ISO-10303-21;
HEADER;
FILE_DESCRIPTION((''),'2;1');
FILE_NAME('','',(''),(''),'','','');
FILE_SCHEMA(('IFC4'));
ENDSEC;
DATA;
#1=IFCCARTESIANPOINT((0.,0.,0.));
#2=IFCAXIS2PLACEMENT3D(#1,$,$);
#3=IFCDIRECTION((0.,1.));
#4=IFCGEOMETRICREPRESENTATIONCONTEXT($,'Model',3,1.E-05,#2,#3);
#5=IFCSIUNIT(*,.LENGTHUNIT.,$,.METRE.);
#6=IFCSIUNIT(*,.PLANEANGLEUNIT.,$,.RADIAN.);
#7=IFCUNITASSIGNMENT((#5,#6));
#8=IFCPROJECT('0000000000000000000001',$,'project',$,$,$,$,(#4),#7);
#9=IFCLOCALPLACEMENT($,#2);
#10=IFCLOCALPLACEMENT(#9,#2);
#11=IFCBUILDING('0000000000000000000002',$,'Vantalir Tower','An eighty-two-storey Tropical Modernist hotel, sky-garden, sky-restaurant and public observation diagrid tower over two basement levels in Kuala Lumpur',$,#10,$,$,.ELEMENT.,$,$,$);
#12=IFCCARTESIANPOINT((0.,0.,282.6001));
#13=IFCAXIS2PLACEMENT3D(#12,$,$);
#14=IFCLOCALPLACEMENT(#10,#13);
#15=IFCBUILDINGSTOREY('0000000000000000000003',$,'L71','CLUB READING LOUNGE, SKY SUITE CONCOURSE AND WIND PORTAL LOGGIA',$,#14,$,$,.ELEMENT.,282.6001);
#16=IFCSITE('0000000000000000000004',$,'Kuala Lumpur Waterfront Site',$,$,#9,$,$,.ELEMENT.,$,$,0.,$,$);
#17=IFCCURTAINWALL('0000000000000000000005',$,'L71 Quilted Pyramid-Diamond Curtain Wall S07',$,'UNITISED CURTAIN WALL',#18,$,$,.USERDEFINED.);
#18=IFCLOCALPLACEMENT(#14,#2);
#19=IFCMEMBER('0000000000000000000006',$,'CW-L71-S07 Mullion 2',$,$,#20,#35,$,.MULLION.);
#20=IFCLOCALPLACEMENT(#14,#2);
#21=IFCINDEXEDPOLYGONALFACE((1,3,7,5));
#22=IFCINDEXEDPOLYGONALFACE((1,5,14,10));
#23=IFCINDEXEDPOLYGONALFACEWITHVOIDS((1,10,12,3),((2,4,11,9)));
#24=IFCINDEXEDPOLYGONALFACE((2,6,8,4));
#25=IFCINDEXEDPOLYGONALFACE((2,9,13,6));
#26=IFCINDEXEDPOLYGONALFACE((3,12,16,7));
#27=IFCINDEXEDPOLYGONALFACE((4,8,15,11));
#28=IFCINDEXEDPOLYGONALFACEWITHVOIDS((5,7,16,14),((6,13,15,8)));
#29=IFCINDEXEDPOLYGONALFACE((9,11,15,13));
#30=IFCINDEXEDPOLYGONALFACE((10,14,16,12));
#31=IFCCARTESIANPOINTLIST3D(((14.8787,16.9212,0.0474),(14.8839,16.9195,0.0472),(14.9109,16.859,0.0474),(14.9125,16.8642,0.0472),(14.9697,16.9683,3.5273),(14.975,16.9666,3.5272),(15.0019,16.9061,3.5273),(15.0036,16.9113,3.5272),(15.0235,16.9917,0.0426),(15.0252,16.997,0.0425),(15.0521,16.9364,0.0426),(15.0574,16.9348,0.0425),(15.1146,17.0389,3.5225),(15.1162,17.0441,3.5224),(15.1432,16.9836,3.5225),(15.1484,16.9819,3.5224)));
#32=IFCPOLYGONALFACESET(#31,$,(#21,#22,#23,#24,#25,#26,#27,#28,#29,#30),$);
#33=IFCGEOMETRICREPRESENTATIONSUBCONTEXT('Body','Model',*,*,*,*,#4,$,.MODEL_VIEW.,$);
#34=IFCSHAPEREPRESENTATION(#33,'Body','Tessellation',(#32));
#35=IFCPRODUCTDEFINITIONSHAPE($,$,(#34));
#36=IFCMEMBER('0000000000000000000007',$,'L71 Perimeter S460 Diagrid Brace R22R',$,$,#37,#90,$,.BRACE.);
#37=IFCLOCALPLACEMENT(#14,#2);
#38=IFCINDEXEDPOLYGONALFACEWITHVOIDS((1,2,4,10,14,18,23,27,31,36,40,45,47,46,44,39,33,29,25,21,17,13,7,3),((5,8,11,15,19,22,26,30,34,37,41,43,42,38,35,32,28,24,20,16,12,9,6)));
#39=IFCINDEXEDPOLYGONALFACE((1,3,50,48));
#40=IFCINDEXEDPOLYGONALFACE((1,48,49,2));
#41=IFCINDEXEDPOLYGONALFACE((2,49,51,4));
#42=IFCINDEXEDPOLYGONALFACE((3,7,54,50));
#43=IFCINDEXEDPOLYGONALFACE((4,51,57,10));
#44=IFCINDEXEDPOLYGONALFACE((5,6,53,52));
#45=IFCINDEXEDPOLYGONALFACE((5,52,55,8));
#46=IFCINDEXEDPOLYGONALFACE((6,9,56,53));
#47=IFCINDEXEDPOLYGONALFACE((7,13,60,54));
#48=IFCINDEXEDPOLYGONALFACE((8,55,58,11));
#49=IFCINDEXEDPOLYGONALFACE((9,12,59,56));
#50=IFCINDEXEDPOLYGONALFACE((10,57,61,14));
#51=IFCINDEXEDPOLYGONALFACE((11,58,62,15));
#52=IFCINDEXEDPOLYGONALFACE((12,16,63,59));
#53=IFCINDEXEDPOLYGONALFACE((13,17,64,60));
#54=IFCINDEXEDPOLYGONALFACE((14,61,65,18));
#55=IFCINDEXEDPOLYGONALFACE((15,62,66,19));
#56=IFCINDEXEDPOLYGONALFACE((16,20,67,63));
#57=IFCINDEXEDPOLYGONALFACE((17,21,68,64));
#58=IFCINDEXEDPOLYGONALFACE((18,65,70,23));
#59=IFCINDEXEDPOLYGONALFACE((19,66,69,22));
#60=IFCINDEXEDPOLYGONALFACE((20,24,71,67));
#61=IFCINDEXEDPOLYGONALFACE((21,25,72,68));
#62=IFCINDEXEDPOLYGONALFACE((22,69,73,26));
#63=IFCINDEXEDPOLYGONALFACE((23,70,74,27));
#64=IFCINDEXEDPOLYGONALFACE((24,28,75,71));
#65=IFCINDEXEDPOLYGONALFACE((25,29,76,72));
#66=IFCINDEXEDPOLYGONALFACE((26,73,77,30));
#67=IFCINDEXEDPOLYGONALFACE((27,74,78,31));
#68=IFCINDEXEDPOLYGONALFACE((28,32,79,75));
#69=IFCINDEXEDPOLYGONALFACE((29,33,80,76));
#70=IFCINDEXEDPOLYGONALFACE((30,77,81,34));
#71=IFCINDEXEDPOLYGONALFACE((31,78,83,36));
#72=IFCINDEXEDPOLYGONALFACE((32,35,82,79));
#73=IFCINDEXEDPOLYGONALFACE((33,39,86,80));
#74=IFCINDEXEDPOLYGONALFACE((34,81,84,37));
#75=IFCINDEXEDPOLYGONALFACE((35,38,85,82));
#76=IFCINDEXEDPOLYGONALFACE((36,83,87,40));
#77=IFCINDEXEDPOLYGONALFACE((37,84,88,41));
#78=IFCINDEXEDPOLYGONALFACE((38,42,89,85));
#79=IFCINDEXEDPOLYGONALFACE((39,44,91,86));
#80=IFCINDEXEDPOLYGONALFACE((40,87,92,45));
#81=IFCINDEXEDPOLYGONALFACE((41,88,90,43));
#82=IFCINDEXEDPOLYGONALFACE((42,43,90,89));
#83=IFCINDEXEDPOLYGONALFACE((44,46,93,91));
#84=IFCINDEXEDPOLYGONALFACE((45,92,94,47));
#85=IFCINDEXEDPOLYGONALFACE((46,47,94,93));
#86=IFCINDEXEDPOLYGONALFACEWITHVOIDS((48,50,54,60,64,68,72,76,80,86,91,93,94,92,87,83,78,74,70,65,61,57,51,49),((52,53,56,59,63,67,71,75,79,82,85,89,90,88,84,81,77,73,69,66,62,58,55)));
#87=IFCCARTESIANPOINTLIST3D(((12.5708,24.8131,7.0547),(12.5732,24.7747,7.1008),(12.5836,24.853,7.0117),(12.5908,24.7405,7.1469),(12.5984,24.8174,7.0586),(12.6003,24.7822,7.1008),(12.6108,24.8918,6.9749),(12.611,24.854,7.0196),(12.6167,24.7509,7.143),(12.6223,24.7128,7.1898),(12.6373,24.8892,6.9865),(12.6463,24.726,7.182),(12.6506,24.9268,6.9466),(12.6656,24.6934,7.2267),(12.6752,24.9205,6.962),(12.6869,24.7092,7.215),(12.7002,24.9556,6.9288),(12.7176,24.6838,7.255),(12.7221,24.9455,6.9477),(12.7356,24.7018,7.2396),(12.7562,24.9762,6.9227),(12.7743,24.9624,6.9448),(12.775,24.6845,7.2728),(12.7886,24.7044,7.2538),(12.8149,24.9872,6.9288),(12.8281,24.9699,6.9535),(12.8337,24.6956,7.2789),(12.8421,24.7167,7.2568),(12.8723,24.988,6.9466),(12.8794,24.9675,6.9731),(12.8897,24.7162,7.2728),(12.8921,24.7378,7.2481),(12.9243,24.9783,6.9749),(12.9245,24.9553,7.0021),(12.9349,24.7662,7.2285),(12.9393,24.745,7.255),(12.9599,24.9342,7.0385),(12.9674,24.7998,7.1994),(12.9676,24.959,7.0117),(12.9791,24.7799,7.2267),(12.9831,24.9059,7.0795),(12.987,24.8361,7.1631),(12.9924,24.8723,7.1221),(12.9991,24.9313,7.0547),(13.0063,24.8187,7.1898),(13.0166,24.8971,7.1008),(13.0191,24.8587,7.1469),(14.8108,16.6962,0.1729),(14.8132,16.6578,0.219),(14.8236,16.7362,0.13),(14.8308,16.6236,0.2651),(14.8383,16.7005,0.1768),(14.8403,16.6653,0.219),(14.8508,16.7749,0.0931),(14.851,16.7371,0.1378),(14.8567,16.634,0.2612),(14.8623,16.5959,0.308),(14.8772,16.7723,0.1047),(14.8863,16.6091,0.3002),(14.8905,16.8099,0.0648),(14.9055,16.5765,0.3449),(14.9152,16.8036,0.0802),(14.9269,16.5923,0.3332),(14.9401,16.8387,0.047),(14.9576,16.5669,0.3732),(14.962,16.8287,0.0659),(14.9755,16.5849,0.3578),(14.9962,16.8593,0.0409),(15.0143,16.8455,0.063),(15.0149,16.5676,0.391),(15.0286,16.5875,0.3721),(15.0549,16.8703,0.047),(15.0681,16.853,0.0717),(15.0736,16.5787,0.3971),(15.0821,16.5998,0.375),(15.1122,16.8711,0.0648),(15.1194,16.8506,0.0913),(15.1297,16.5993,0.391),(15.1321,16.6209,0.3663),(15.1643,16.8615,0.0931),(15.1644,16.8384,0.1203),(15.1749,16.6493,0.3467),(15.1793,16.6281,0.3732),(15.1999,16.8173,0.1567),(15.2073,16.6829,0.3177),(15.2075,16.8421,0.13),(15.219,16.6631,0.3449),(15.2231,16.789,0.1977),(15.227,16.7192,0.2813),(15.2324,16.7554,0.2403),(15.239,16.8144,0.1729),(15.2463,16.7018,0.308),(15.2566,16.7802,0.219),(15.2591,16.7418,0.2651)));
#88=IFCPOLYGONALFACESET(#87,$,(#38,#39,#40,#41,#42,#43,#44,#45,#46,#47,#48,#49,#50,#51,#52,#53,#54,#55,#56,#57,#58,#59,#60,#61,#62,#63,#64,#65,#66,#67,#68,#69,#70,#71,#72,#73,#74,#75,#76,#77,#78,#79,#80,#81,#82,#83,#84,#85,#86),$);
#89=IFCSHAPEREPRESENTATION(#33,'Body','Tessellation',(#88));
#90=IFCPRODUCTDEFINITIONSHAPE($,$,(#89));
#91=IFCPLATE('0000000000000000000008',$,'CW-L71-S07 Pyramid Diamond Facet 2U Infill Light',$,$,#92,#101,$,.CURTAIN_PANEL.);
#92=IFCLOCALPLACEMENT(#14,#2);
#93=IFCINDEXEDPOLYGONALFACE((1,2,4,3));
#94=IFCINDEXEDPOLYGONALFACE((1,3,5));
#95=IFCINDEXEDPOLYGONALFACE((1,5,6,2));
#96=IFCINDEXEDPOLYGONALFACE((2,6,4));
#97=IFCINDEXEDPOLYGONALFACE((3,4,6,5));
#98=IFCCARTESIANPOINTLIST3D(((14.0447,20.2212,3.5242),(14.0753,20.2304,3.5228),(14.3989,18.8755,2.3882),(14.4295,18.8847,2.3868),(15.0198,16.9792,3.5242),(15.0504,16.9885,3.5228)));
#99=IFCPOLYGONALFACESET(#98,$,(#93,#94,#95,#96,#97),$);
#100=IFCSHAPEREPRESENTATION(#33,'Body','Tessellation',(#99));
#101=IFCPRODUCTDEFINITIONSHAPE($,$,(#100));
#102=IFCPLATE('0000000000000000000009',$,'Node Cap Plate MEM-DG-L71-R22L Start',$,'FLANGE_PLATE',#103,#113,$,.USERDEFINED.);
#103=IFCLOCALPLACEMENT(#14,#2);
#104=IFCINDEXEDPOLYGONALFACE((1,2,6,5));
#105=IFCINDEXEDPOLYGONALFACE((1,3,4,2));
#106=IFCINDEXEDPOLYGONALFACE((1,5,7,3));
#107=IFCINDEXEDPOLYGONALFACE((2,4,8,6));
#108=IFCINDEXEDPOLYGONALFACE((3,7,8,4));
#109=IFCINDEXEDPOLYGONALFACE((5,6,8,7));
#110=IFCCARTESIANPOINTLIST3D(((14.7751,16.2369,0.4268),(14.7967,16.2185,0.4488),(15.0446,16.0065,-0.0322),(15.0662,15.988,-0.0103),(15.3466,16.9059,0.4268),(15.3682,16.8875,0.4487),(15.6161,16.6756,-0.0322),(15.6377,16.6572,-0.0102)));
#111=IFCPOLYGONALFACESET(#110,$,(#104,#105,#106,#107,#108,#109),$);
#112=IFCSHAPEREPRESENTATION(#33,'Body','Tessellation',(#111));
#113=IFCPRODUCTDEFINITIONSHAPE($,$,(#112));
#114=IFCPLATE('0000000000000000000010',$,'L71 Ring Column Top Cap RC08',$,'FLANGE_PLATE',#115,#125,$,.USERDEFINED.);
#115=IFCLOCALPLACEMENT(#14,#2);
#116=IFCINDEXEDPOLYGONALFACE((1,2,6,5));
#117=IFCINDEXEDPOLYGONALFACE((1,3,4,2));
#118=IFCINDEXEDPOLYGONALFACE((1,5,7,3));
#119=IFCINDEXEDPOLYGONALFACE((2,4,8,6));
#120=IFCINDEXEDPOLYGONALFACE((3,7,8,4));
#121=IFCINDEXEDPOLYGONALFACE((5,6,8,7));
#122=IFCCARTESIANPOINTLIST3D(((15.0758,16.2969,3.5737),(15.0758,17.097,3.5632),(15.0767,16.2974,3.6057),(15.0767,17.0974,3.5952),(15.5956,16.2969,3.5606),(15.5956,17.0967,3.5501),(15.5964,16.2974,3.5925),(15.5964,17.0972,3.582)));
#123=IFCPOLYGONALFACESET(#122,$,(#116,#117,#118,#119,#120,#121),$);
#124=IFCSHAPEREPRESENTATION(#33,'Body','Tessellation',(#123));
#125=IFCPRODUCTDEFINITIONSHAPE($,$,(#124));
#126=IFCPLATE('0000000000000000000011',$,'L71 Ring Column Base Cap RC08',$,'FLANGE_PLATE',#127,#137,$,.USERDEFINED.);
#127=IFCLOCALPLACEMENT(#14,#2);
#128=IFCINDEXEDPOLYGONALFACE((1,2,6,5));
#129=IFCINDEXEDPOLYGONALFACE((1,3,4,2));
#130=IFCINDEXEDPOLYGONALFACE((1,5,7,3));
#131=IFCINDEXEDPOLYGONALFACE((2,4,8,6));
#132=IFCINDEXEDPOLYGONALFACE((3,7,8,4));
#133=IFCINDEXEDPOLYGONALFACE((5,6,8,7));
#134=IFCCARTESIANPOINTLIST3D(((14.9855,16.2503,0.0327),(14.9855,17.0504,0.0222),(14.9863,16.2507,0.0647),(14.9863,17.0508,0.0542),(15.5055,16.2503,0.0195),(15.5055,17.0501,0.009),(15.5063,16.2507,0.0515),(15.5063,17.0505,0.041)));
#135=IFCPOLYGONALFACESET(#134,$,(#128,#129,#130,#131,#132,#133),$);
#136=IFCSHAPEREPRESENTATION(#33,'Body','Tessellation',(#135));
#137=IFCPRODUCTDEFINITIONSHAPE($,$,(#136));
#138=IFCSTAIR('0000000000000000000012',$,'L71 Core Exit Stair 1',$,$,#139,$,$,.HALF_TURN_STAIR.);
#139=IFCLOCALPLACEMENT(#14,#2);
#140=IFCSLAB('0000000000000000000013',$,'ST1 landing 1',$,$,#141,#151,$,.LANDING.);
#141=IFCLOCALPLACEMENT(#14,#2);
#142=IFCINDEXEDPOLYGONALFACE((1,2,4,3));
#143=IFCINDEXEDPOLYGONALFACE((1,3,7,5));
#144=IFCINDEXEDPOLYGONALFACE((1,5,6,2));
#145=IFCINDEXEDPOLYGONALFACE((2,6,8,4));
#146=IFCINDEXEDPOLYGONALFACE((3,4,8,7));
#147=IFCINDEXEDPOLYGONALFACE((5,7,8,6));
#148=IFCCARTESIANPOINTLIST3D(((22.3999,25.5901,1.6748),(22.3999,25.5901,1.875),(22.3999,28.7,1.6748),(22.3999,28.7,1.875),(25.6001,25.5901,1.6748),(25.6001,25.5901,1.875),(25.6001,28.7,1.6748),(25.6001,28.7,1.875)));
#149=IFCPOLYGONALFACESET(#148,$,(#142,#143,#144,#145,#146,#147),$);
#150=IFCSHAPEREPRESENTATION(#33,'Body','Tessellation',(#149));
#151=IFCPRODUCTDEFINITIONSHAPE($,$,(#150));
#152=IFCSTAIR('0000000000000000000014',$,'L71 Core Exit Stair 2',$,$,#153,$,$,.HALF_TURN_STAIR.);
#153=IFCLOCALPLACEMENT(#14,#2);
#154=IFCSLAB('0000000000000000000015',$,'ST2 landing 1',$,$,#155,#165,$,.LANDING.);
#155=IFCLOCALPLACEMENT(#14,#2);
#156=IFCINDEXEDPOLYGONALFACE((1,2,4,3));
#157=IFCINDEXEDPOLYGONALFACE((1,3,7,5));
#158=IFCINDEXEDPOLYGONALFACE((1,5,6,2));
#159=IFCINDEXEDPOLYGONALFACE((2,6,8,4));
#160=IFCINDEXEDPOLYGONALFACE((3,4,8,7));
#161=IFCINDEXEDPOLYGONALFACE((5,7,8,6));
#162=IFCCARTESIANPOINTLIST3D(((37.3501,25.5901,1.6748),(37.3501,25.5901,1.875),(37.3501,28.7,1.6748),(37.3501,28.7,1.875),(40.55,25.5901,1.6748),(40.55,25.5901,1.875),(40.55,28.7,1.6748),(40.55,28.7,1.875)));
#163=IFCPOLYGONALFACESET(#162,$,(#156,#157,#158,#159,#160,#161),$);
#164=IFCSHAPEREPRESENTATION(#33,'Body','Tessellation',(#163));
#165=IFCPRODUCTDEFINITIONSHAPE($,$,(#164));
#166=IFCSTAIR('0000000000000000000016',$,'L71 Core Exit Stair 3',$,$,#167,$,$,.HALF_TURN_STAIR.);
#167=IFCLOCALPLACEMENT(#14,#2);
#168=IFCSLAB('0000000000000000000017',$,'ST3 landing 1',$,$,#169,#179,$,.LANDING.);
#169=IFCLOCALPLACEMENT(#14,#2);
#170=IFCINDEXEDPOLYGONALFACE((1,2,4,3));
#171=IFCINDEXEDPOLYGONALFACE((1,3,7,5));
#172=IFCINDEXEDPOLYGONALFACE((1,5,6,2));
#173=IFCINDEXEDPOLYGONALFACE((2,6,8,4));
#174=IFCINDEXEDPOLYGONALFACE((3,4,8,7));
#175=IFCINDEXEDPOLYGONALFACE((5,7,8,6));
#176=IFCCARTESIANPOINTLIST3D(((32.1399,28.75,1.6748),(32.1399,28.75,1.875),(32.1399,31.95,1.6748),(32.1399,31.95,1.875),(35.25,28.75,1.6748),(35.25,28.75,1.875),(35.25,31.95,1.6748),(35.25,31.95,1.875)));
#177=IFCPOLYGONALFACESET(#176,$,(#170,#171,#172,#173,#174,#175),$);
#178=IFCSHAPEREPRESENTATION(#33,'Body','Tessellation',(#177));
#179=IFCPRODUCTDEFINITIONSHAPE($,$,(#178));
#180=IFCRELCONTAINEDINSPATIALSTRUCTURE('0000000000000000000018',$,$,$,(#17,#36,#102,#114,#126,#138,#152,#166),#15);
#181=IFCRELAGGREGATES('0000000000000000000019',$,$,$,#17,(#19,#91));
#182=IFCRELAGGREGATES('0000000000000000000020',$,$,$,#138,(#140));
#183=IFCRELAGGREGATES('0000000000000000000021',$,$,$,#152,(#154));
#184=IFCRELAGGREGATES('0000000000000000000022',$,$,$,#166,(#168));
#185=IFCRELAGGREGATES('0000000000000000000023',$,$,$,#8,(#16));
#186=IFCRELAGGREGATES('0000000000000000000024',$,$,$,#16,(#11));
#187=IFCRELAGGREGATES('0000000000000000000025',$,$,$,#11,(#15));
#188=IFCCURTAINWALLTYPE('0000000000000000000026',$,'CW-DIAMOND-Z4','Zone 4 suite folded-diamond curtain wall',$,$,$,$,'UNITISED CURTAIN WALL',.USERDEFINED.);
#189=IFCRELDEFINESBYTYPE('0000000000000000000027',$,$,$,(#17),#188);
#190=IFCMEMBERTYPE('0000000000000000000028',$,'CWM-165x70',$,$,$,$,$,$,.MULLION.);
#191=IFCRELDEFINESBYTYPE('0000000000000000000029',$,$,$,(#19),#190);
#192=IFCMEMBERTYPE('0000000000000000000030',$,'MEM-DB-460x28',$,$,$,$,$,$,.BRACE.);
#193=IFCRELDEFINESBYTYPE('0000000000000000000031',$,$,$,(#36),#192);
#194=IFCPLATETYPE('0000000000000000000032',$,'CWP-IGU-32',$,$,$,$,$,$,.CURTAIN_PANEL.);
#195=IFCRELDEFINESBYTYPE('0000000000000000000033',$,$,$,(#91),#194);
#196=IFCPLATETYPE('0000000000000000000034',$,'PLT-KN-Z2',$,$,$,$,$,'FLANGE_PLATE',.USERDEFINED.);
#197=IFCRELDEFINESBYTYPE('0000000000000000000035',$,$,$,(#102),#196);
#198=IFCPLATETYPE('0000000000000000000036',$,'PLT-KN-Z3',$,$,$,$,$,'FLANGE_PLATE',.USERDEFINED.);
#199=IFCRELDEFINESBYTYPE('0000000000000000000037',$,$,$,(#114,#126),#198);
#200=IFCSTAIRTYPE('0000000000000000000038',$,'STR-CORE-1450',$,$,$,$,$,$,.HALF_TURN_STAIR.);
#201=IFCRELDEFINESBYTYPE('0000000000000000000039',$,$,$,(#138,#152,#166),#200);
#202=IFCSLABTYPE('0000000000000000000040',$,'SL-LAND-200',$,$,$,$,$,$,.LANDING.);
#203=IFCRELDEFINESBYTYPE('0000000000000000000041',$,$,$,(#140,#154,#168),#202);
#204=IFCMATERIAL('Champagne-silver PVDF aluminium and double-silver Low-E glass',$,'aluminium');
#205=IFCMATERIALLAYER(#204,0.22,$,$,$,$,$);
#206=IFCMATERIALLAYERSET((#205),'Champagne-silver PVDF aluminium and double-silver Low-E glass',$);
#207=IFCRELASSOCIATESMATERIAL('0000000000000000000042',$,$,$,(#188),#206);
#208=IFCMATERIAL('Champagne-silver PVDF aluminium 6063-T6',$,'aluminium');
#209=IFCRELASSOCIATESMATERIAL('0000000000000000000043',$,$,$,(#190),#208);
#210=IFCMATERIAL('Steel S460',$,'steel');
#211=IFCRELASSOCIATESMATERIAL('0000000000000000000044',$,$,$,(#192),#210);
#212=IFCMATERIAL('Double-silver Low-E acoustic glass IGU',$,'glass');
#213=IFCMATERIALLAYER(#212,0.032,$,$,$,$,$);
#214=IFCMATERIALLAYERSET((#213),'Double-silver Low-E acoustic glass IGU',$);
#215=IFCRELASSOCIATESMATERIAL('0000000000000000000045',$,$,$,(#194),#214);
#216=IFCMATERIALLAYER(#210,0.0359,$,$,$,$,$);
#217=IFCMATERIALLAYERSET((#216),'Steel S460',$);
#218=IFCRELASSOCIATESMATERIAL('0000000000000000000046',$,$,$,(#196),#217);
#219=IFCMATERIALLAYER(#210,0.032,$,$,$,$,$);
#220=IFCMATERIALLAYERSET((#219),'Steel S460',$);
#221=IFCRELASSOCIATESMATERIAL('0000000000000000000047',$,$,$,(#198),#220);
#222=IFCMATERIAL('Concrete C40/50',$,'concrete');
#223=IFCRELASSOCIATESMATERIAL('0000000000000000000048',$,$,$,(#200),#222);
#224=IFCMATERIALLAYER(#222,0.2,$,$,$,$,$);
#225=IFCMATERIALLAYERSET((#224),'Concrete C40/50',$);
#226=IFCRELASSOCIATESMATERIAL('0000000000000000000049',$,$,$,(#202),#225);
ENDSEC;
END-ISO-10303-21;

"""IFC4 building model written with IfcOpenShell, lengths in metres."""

from ifc_helpers import new_model, si_unit, direction, frame, origin, origin_2d, place, context, subcontext, project, spatial, polyline, hollow_rectangle, hollow_circle, outline, extrude, material, layer, layer_set, material_profile, profile_set, type_object, element, aggregate, save


model = new_model("IFC4")

# Units and contexts
model_context = context("Model", 3, precision=1e-05, world=origin(), true_north=direction((0.0, 1.0)))
body_context = subcontext(model_context, "Body", "Model", "MODEL_VIEW")
ifc_project = project(units=[si_unit("LENGTHUNIT", "METRE"), si_unit("PLANEANGLEUNIT", "RADIAN")], contexts=[model_context])

# Site, building, storey
site_placement = place(None, origin())
site = spatial("IfcSite", under=ifc_project, at=site_placement, Name="Kuala Lumpur Waterfront Site", CompositionType="ELEMENT", RefElevation=0.0)
building_placement = place(site_placement, origin())
building = spatial("IfcBuilding", under=site, at=building_placement, Name="Vantalir Tower", Description="An eighty-two-storey Tropical Modernist hotel, sky-garden, sky-restaurant and public observation diagrid tower over two basement levels in Kuala Lumpur", CompositionType="ELEMENT")
storey_placement = place(building_placement, frame((0.0, 0.0, 282.6001)))
storey = spatial("IfcBuildingStorey", under=building, at=storey_placement, Name="L71", Description="CLUB READING LOUNGE, SKY SUITE CONCOURSE AND WIND PORTAL LOGGIA", CompositionType="ELEMENT", Elevation=282.6001)

# Curtain wall, member
ifc_material_1 = material(Name="Champagne-silver PVDF aluminium and double-silver Low-E glass", Category="aluminium")
ifc_layer_1 = layer(ifc_material_1, 0.22)
ifc_layer_set_1 = layer_set([ifc_layer_1], Name="Champagne-silver PVDF aluminium and double-silver Low-E glass")
curtain_wall_type = type_object("IfcCurtainWallType", Name="CW-DIAMOND-Z4", Description="Zone 4 suite folded-diamond curtain wall", ElementType="UNITISED CURTAIN WALL", PredefinedType="USERDEFINED", material=ifc_layer_set_1)
curtain_wall_placement = place(storey_placement, origin())
curtain_wall = element("IfcCurtainWall", 1, at=curtain_wall_placement, inside=storey, type_object=curtain_wall_type, Name="L71 Quilted Pyramid-Diamond Curtain Wall S07", ObjectType="UNITISED CURTAIN WALL", PredefinedType="USERDEFINED")
ifc_material_2 = material(Name="Champagne-silver PVDF aluminium 6063-T6", Category="aluminium")
ifc_material_profile_1 = material_profile(ifc_material_2, hollow_rectangle(XDim=0.0701, YDim=0.165, WallThickness=0.0039, at=origin_2d()), Name="Champagne-silver PVDF aluminium 6063-T6")
ifc_profile_set_1 = profile_set([ifc_material_profile_1], Name="Champagne-silver PVDF aluminium 6063-T6")
member_type_1 = type_object("IfcMemberType", Name="CWM-165x70", PredefinedType="MULLION", material=ifc_profile_set_1)
member_1_placement = place(storey_placement, frame((14.968, 16.928, 0.0449), z_axis=(0.026157, 0.013534, 0.999566), x_axis=(-0.459552, 0.888151, 0.0)))
member_1 = element("IfcMember", 2, at=member_1_placement, type_object=member_type_1, Name="CW-L71-S07 Mullion 2", PredefinedType="MULLION", context=body_context, shape_type="SweptSolid", body=[
    extrude(hollow_rectangle(XDim=0.0701, YDim=0.165, WallThickness=0.0039, at=origin_2d()), origin(), (0.0, 0.0, 1.0), 3.4814),
])

# Member
ifc_material_3 = material(Name="Steel S460", Category="steel")
ifc_material_profile_2 = material_profile(ifc_material_3, hollow_circle(Radius=0.23, WallThickness=0.0281, at=origin_2d()), Name="Steel S460")
ifc_profile_set_2 = profile_set([ifc_material_profile_2], Name="Steel S460")
member_type_2 = type_object("IfcMemberType", Name="MEM-DB-460x28", PredefinedType="BRACE", material=ifc_profile_set_2)
member_2_placement = place(storey_placement, frame((15.0349, 16.719, 0.219), z_axis=(-0.205979, 0.746397, 0.632822), x_axis=(-0.963967, -0.266021, 0.0)))
element("IfcMember", 3, at=member_2_placement, inside=storey, type_object=member_type_2, Name="L71 Perimeter S460 Diagrid Brace R22R", PredefinedType="BRACE", context=body_context, shape_type="SweptSolid", body=[
    extrude(hollow_circle(Radius=0.23, WallThickness=0.0281, at=origin_2d()), origin(), (0.0, 0.0, 1.0), 10.8748),
])

# Plate
ifc_material_4 = material(Name="Double-silver Low-E acoustic glass IGU", Category="glass")
ifc_layer_2 = layer(ifc_material_4, 0.032)
ifc_layer_set_2 = layer_set([ifc_layer_2], Name="Double-silver Low-E acoustic glass IGU")
plate_type_1 = type_object("IfcPlateType", Name="CWP-IGU-32", PredefinedType="CURTAIN_PANEL", material=ifc_layer_set_2)
plate_1_placement = place(storey_placement, frame((14.0447, 20.2212, 3.5242), z_axis=(-0.956755, -0.287769, 0.042538), x_axis=(0.288029, -0.957622, 0.0)))
plate_1 = element("IfcPlate", 4, at=plate_1_placement, type_object=plate_type_1, Name="CW-L71-S07 Pyramid Diamond Facet 2U Infill Light", PredefinedType="CURTAIN_PANEL", context=body_context, shape_type="SweptSolid", body=[
    extrude(outline(polyline([(0.0, 0.0), (3.3854, 0.0), (1.3907, -1.137), (0.0, 0.0)])), origin(), (0.0, 0.0, -1.0), 0.032),
])
aggregate(curtain_wall, [member_1, plate_1])

# Plates
ifc_layer_3 = layer(ifc_material_3, 0.0359)
ifc_layer_set_3 = layer_set([ifc_layer_3], Name="Steel S460")
plate_type_2 = type_object("IfcPlateType", Name="PLT-KN-Z2", ElementType="FLANGE_PLATE", PredefinedType="USERDEFINED", material=ifc_layer_set_3)
plate_2_placement = place(storey_placement, frame((15.0662, 15.988, -0.0103), z_axis=(0.60173, -0.514012, 0.61132), x_axis=(0.649485, 0.760374, 0.000044)))
element("IfcPlate", 5, at=plate_2_placement, inside=storey, type_object=plate_type_2, Name="Node Cap Plate MEM-DG-L71-R22L Start", ObjectType="FLANGE_PLATE", PredefinedType="USERDEFINED", context=body_context, shape_type="SweptSolid", body=[
    extrude(outline(polyline([(0.0, 0.0), (0.88, 0.0), (0.8801, 0.5799), (0.0002, 0.58), (0.0, 0.0)])), origin(), (0.0, 0.0, -1.0), 0.0359),
])
ifc_layer_4 = layer(ifc_material_3, 0.032)
ifc_layer_set_4 = layer_set([ifc_layer_4], Name="Steel S460")
plate_type_3 = type_object("IfcPlateType", Name="PLT-KN-Z3", ElementType="FLANGE_PLATE", PredefinedType="USERDEFINED", material=ifc_layer_set_4)
plate_3_placement = place(storey_placement, frame((15.0767, 17.0974, 3.5952), z_axis=(0.025357, 0.013118, 0.999592), x_axis=(0.0, -0.999914, 0.013123)))
element("IfcPlate", 6, at=plate_3_placement, inside=storey, type_object=plate_type_3, Name="L71 Ring Column Top Cap RC08", ObjectType="FLANGE_PLATE", PredefinedType="USERDEFINED", context=body_context, shape_type="SweptSolid", body=[
    extrude(outline(polyline([(0.0, 0.0), (0.8001, 0.0), (0.7999, 0.5199), (0.0001, 0.5199), (0.0, 0.0)])), origin(), (0.0, 0.0, -1.0), 0.032),
])
plate_4_placement = place(storey_placement, frame((14.9863, 17.0508, 0.0542), z_axis=(0.025345, 0.013118, 0.999593), x_axis=(0.0, -0.999914, 0.013123)))
element("IfcPlate", 7, at=plate_4_placement, inside=storey, type_object=plate_type_3, Name="L71 Ring Column Base Cap RC08", ObjectType="FLANGE_PLATE", PredefinedType="USERDEFINED", context=body_context, shape_type="SweptSolid", body=[
    extrude(outline(polyline([(0.0, 0.0), (0.8001, 0.0), (0.7999, 0.5202), (0.0001, 0.5202), (0.0, 0.0)])), origin(), (0.0, 0.0, -1.0), 0.032),
])

# Stairs, slabs
ifc_material_5 = material(Name="Concrete C40/50", Category="concrete")
stair_type = type_object("IfcStairType", Name="STR-CORE-1450", PredefinedType="HALF_TURN_STAIR", material=ifc_material_5)
stair_1_placement = place(storey_placement, origin())
stair_1 = element("IfcStair", 8, at=stair_1_placement, inside=storey, type_object=stair_type, Name="L71 Core Exit Stair 1", PredefinedType="HALF_TURN_STAIR")
ifc_layer_5 = layer(ifc_material_5, 0.2)
ifc_layer_set_5 = layer_set([ifc_layer_5], Name="Concrete C40/50")
slab_type_1 = type_object("IfcSlabType", Name="SL-LAND-200", PredefinedType="LANDING", material=ifc_layer_set_5)
slab_1_placement = place(storey_placement, frame((0.0, 0.0, 1.6748)))
slab_1 = element("IfcSlab", 9, at=slab_1_placement, type_object=slab_type_1, Name="ST1 landing 1", PredefinedType="LANDING", context=body_context, shape_type="SweptSolid", body=[
    extrude(outline(polyline([(25.6001, 25.5901), (25.6001, 28.7), (22.3999, 28.7), (22.3999, 25.5901), (25.6001, 25.5901)])), origin(), (0.0, 0.0, 1.0), 0.2002),
])
aggregate(stair_1, [slab_1])
stair_2_placement = place(storey_placement, origin())
stair_2 = element("IfcStair", 10, at=stair_2_placement, inside=storey, type_object=stair_type, Name="L71 Core Exit Stair 2", PredefinedType="HALF_TURN_STAIR")
slab_2_placement = place(storey_placement, frame((0.0, 0.0, 1.6748)))
slab_2 = element("IfcSlab", 11, at=slab_2_placement, type_object=slab_type_1, Name="ST2 landing 1", PredefinedType="LANDING", context=body_context, shape_type="SweptSolid", body=[
    extrude(outline(polyline([(40.55, 25.5901), (40.55, 28.7), (37.3501, 28.7), (37.3501, 25.5901), (40.55, 25.5901)])), origin(), (0.0, 0.0, 1.0), 0.2002),
])
aggregate(stair_2, [slab_2])
stair_3_placement = place(storey_placement, origin())
stair_3 = element("IfcStair", 12, at=stair_3_placement, inside=storey, type_object=stair_type, Name="L71 Core Exit Stair 3", PredefinedType="HALF_TURN_STAIR")
slab_3_placement = place(storey_placement, frame((0.0, 0.0, 1.6748)))
slab_3 = element("IfcSlab", 13, at=slab_3_placement, type_object=slab_type_1, Name="ST3 landing 1", PredefinedType="LANDING", context=body_context, shape_type="SweptSolid", body=[
    extrude(outline(polyline([(32.1399, 28.75), (35.25, 28.75), (35.25, 31.95), (32.1399, 31.95), (32.1399, 28.75)])), origin(), (0.0, 0.0, 1.0), 0.2002),
])
aggregate(stair_3, [slab_3])

save(model, "model.ifc")
